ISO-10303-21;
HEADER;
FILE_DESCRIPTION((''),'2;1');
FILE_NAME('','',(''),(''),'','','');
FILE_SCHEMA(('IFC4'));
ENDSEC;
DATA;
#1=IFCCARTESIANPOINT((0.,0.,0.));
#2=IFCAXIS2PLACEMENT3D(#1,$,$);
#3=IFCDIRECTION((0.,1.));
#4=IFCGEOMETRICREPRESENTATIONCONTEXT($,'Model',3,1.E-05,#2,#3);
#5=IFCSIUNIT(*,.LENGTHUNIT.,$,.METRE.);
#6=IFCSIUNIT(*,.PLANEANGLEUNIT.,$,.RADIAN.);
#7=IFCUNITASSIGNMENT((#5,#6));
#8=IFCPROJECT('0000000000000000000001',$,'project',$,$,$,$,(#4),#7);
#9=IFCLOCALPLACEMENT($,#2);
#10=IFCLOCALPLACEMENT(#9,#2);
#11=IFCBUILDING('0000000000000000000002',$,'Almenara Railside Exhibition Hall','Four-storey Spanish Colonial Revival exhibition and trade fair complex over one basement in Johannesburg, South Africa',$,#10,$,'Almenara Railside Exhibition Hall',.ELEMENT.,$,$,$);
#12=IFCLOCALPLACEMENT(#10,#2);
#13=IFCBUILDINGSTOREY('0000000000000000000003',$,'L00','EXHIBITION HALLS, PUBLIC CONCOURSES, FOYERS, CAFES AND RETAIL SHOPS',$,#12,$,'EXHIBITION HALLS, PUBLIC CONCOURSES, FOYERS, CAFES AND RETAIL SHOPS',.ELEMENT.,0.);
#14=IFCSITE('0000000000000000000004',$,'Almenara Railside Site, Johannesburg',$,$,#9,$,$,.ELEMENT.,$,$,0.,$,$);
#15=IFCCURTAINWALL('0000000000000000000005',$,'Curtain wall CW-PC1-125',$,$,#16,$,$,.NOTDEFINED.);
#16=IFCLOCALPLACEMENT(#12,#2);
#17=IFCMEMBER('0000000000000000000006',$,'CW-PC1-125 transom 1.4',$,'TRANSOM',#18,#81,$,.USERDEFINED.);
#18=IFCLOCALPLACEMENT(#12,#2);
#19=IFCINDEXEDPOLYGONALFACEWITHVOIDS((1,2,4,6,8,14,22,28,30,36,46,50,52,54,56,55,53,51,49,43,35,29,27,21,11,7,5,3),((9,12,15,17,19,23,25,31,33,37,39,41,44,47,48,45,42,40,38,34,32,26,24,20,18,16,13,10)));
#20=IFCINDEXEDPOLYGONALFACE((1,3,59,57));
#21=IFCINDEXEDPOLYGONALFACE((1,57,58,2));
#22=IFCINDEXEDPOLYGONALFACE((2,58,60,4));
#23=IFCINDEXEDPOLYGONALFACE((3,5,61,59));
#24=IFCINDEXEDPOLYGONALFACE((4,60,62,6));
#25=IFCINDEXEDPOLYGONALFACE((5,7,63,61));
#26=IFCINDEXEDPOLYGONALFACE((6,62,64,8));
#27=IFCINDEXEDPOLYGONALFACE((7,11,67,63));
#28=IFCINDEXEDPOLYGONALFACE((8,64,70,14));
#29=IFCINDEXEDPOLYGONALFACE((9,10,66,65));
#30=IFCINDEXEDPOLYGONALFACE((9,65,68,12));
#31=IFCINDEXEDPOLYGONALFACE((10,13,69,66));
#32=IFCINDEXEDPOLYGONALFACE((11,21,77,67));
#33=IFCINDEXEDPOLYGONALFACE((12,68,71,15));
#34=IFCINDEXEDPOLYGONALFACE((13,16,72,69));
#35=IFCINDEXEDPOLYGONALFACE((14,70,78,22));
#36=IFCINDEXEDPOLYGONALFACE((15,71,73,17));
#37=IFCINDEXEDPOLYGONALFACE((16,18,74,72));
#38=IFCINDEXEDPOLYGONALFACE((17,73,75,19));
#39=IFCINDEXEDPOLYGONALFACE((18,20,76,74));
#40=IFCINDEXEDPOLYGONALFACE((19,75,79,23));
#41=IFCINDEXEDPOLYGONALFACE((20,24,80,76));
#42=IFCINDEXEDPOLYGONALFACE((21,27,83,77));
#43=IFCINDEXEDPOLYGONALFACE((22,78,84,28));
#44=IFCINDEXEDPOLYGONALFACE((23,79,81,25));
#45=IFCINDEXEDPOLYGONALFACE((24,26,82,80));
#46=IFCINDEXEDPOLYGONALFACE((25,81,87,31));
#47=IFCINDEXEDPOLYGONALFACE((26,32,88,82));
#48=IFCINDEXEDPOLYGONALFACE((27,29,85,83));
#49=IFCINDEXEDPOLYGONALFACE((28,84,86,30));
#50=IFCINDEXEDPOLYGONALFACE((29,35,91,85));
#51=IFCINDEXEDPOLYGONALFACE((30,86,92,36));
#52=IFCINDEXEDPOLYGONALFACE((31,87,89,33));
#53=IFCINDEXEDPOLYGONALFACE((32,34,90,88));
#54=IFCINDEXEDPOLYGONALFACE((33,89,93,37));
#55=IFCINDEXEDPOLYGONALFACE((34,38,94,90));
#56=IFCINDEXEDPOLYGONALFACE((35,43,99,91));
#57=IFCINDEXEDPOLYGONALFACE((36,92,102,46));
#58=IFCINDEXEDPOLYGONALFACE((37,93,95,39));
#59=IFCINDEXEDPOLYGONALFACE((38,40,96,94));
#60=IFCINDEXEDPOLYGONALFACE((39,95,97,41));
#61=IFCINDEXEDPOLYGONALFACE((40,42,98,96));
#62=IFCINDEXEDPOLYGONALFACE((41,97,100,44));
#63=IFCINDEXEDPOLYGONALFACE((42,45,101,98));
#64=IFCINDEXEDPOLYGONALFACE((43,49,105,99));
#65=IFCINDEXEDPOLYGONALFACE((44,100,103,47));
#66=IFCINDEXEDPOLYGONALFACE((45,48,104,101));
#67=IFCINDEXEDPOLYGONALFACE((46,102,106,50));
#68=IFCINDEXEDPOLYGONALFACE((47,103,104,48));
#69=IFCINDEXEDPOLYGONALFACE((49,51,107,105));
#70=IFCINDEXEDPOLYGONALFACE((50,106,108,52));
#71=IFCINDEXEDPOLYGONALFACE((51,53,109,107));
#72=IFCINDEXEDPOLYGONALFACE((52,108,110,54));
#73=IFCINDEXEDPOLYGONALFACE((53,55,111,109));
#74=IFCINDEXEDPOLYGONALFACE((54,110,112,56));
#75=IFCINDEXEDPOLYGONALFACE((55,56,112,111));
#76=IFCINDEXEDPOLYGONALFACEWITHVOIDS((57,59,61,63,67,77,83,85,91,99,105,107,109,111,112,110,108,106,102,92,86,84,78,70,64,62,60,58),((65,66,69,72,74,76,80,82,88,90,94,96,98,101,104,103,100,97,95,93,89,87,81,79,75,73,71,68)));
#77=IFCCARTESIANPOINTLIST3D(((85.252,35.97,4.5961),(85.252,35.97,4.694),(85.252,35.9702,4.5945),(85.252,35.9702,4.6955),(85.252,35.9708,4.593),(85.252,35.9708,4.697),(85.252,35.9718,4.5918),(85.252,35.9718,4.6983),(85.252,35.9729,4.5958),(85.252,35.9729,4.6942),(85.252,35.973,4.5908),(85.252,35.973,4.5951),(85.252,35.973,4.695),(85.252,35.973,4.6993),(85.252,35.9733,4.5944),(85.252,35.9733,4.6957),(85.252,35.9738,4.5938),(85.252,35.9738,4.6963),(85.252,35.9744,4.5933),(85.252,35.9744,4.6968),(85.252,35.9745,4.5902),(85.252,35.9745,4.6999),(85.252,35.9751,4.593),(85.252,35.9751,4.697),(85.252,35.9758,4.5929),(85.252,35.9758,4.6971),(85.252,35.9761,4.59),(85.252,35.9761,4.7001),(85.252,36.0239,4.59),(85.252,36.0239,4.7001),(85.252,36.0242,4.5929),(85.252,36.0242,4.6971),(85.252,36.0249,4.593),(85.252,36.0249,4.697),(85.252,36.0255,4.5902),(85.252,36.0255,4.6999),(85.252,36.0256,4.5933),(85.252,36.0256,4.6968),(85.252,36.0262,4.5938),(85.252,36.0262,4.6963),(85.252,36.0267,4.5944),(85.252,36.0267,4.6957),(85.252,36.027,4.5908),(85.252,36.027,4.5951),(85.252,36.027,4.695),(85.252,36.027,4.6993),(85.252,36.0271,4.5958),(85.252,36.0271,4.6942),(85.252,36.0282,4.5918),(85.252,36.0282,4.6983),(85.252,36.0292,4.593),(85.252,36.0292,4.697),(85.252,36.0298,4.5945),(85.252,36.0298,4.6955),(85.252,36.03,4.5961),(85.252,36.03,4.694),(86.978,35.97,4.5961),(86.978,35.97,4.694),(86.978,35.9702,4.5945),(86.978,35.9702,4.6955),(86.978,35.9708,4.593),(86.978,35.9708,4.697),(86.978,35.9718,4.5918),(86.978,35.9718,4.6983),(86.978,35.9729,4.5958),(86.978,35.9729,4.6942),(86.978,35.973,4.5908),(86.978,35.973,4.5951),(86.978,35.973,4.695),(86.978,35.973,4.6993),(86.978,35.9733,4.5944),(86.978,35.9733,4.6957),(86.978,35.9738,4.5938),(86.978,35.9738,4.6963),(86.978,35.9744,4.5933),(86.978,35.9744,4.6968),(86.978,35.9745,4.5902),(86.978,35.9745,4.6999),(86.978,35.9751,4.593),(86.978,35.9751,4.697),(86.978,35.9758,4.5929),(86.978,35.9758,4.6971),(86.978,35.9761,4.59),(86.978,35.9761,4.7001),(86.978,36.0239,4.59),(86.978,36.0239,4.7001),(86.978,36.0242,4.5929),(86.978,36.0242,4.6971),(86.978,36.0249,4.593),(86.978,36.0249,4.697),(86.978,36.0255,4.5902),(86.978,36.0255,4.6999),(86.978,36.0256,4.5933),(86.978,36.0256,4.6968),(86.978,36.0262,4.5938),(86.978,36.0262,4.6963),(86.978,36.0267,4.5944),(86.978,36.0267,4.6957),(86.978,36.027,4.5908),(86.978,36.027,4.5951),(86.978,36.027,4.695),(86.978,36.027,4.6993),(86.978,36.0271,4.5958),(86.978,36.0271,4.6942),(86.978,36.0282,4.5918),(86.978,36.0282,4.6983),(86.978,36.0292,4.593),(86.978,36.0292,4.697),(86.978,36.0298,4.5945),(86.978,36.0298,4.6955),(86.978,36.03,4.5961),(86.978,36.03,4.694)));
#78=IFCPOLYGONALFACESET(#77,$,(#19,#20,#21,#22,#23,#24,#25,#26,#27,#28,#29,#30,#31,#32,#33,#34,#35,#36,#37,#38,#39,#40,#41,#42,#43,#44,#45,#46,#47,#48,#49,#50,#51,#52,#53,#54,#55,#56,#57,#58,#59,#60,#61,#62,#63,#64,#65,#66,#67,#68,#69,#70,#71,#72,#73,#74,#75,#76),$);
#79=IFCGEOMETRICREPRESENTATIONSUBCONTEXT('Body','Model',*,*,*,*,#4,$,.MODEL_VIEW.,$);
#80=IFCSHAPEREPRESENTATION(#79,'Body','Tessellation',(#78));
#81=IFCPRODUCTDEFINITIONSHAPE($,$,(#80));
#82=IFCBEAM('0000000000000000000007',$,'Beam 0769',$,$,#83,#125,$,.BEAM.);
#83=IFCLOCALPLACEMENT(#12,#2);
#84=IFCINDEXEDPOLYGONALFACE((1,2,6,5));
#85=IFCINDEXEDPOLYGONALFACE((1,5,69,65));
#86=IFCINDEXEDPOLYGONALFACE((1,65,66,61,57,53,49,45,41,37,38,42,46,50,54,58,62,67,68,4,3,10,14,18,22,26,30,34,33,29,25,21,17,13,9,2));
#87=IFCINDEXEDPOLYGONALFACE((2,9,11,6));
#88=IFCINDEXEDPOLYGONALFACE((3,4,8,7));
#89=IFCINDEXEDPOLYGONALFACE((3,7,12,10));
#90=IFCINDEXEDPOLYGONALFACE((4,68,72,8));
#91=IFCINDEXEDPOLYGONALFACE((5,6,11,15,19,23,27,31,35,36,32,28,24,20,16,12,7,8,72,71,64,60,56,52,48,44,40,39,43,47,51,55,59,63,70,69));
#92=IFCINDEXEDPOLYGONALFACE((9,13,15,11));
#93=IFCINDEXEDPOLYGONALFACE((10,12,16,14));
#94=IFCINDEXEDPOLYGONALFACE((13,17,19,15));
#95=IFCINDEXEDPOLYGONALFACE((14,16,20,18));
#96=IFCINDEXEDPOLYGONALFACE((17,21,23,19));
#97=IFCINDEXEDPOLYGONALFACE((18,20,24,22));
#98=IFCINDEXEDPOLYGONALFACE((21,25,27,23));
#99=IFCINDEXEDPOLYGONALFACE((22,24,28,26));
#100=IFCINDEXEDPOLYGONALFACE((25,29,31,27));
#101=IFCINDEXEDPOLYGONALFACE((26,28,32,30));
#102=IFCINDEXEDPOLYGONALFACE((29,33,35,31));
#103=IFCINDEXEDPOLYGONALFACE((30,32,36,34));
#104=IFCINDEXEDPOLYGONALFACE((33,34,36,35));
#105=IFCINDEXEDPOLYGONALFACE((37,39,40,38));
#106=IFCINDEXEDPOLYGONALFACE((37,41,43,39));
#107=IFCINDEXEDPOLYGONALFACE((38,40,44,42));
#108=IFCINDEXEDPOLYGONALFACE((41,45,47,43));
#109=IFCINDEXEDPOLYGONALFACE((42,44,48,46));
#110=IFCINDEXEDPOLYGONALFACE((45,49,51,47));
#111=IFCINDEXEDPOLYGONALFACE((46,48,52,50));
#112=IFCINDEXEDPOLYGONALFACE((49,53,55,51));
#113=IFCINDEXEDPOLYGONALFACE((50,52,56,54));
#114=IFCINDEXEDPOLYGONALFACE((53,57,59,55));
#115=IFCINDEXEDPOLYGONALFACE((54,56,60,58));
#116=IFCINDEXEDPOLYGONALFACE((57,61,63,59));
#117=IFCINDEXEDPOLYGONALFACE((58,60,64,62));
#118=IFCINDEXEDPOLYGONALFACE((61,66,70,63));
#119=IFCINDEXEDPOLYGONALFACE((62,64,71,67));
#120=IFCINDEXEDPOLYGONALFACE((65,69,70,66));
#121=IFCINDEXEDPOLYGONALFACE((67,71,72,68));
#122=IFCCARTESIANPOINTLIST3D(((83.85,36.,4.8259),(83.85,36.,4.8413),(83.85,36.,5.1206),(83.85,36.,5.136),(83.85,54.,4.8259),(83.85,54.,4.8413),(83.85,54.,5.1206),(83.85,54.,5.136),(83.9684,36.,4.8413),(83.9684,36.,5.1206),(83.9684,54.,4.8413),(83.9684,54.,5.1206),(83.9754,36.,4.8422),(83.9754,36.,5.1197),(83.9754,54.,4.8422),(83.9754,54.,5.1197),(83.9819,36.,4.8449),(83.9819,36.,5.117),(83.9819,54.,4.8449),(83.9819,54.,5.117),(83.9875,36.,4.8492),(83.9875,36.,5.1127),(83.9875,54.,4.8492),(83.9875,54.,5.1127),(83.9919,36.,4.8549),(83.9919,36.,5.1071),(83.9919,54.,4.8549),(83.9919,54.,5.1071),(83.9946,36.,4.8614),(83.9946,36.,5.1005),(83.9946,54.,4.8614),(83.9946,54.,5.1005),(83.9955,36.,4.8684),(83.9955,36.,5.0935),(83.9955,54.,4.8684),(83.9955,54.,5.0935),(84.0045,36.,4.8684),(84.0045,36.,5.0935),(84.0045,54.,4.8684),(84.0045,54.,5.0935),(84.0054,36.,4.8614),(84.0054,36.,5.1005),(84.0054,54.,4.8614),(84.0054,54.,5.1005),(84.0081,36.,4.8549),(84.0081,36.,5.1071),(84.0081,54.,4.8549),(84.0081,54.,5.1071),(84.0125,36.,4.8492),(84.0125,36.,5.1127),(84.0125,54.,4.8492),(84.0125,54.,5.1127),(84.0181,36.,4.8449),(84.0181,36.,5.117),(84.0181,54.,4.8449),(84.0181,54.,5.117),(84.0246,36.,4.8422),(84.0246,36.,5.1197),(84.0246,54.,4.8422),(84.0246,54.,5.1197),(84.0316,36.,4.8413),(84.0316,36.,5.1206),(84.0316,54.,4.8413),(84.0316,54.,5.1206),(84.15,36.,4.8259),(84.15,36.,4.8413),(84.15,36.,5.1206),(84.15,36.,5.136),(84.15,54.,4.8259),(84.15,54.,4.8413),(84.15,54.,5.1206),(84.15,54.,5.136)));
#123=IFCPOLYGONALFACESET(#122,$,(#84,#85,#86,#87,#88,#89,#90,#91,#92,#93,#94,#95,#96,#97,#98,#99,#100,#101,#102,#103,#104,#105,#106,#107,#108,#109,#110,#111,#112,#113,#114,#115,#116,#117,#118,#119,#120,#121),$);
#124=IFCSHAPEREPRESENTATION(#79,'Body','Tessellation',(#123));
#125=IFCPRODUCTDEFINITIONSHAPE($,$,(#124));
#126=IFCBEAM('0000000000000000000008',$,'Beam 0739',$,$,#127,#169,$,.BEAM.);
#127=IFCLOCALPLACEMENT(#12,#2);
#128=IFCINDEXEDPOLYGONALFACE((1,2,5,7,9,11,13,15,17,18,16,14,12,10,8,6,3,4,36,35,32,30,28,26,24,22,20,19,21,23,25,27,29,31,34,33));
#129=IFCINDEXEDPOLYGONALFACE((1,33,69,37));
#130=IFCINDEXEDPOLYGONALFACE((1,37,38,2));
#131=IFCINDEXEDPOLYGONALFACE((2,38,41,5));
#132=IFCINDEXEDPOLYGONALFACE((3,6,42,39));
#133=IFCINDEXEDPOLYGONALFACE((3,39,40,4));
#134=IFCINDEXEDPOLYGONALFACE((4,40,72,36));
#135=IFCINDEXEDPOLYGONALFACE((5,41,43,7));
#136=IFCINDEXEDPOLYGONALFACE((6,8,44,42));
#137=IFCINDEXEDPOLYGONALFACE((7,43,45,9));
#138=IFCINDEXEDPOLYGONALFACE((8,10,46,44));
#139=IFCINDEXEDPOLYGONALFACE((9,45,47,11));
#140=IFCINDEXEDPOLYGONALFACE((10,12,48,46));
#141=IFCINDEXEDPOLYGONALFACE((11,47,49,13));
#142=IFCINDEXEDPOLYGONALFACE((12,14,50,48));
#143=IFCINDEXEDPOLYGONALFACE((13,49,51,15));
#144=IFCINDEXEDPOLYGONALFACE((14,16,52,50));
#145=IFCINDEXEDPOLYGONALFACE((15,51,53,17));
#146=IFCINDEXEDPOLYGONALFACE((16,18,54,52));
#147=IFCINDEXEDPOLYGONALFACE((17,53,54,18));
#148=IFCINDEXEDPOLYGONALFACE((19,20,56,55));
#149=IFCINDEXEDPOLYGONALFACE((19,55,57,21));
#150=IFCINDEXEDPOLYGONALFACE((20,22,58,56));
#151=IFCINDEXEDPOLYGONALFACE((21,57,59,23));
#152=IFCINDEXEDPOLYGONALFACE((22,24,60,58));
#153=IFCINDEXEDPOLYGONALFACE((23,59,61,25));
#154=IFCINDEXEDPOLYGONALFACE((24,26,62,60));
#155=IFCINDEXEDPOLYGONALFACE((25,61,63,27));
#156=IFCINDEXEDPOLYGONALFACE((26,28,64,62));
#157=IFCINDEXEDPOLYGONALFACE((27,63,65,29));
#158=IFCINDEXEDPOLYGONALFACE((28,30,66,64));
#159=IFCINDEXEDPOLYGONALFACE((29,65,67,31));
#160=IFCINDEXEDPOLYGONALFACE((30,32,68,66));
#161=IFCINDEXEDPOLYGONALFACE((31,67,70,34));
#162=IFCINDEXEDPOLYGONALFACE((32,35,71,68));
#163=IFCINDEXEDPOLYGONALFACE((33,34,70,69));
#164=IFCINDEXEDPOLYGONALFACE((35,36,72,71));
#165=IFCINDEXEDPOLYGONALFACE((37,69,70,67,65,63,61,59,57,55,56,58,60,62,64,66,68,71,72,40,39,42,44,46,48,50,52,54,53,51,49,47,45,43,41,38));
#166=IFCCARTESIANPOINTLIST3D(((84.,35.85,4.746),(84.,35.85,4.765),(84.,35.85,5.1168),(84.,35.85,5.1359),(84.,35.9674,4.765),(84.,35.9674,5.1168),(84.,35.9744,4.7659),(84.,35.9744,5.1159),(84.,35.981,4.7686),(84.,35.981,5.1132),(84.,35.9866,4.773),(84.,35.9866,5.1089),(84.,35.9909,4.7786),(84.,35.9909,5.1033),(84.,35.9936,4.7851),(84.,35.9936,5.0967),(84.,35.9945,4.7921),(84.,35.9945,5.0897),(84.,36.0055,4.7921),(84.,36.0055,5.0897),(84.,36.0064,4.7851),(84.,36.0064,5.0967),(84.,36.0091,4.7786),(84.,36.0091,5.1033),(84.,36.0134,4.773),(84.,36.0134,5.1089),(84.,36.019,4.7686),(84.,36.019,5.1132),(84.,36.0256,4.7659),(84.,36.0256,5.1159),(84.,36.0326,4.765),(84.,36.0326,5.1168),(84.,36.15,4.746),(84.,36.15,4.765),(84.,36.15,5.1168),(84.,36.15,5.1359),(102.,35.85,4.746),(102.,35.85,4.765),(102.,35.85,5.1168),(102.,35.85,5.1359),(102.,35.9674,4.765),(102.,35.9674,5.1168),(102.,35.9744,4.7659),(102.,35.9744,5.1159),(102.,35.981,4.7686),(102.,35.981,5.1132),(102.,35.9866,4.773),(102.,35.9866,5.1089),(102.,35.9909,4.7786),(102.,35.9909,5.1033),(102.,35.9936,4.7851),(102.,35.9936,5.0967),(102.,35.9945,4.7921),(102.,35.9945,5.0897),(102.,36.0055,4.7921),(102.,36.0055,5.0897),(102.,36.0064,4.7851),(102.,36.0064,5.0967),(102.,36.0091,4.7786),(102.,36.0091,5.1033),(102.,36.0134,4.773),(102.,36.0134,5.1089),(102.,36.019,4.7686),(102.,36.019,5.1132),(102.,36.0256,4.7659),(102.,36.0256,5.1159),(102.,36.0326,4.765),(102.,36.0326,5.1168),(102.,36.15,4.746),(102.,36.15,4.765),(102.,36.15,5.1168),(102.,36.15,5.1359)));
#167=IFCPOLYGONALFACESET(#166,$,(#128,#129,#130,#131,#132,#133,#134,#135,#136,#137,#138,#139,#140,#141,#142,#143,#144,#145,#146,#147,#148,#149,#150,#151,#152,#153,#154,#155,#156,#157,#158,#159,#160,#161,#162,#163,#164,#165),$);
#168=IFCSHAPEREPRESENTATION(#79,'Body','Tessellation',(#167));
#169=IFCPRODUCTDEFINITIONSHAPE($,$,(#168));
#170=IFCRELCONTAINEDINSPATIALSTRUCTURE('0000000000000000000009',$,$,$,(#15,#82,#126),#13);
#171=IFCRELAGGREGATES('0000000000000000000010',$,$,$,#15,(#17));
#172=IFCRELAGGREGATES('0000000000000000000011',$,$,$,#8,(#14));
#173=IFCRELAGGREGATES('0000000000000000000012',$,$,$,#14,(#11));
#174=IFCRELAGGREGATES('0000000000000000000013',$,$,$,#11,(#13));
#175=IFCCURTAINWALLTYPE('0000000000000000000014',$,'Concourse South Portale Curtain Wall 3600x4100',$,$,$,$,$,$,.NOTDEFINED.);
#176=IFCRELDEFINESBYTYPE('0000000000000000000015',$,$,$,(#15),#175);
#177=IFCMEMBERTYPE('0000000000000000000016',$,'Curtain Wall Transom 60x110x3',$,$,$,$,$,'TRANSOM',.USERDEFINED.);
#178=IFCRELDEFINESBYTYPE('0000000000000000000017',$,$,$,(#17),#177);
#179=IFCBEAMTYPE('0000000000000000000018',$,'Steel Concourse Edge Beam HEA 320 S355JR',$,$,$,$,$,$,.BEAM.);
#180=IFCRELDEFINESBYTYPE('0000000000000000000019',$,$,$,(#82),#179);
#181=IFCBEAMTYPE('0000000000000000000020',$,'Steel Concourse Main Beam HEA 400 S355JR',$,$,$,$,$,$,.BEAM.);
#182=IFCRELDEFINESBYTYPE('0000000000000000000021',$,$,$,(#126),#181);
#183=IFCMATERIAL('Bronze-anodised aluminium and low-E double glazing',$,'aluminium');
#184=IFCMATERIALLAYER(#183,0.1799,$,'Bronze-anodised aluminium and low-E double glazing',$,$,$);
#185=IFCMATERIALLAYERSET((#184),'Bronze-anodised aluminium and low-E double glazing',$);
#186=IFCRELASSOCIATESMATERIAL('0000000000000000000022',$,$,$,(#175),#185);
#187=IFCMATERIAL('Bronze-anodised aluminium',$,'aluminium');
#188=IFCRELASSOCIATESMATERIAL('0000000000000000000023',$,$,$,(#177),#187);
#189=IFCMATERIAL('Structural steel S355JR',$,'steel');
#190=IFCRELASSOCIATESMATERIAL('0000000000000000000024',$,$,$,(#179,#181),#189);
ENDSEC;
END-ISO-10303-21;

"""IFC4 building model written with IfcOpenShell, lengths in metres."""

from ifc_helpers import new_model, si_unit, direction, frame, origin, origin_2d, place, context, subcontext, project, spatial, hollow_rectangle, i_section, extrude, material, layer, layer_set, material_profile, profile_set, type_object, element, aggregate, save


model = new_model("IFC4")

# Units and contexts
model_context = context("Model", 3, precision=1e-05, world=origin(), true_north=direction((0.0, 1.0)))
body_context = subcontext(model_context, "Body", "Model", "MODEL_VIEW")
ifc_project = project(units=[si_unit("LENGTHUNIT", "METRE"), si_unit("PLANEANGLEUNIT", "RADIAN")], contexts=[model_context])

# Site, building, storey
site_placement = place(None, origin())
site = spatial("IfcSite", under=ifc_project, at=site_placement, Name="Almenara Railside Site, Johannesburg", CompositionType="ELEMENT", RefElevation=0.0)
building_placement = place(site_placement, origin())
building = spatial("IfcBuilding", under=site, at=building_placement, Name="Almenara Railside Exhibition Hall", Description="Four-storey Spanish Colonial Revival exhibition and trade fair complex over one basement in Johannesburg, South Africa", LongName="Almenara Railside Exhibition Hall", CompositionType="ELEMENT")
storey_placement = place(building_placement, origin())
storey = spatial("IfcBuildingStorey", under=building, at=storey_placement, Name="L00", Description="EXHIBITION HALLS, PUBLIC CONCOURSES, FOYERS, CAFES AND RETAIL SHOPS", LongName="EXHIBITION HALLS, PUBLIC CONCOURSES, FOYERS, CAFES AND RETAIL SHOPS", CompositionType="ELEMENT", Elevation=0.0)

# Curtain wall, member
ifc_material_1 = material(Name="Bronze-anodised aluminium and low-E double glazing", Category="aluminium")
ifc_layer_1 = layer(ifc_material_1, 0.1799, Name="Bronze-anodised aluminium and low-E double glazing")
ifc_layer_set_1 = layer_set([ifc_layer_1], Name="Bronze-anodised aluminium and low-E double glazing")
curtain_wall_type = type_object("IfcCurtainWallType", Name="Concourse South Portale Curtain Wall 3600x4100", PredefinedType="NOTDEFINED", material=ifc_layer_set_1)
curtain_wall_placement = place(storey_placement, origin())
curtain_wall = element("IfcCurtainWall", 1, at=curtain_wall_placement, inside=storey, type_object=curtain_wall_type, Name="Curtain wall CW-PC1-125", PredefinedType="NOTDEFINED")
ifc_material_2 = material(Name="Bronze-anodised aluminium", Category="aluminium")
ifc_material_profile_1 = material_profile(ifc_material_2, hollow_rectangle(XDim=0.0601, YDim=0.1101, WallThickness=0.0029, InnerFilletRadius=0.0029, OuterFilletRadius=0.0061, at=origin_2d()), Name="ALU-TRN 60x110x3")
ifc_profile_set_1 = profile_set([ifc_material_profile_1], Name="Bronze-anodised aluminium")
member_type_1 = type_object("IfcMemberType", Name="Curtain Wall Transom 60x110x3", ElementType="TRANSOM", PredefinedType="USERDEFINED", material=ifc_profile_set_1)
member_1_placement = place(storey_placement, frame((85.252, 36.0, 4.645), z_axis=(1.0, 0.0, 0.0), x_axis=(0.0, 1.0, 0.0)))
member_1 = element("IfcMember", 2, at=member_1_placement, type_object=member_type_1, Name="CW-PC1-125 transom 1.4", ObjectType="TRANSOM", PredefinedType="USERDEFINED", context=body_context, shape_type="SweptSolid", body=[
    extrude(hollow_rectangle(XDim=0.0601, YDim=0.1101, WallThickness=0.0029, InnerFilletRadius=0.0029, OuterFilletRadius=0.0061, at=origin_2d()), origin(), (0.0, 0.0, 1.0), 1.7261),
])

# Beams
ifc_material_3 = material(Name="Structural steel S355JR", Category="steel")
ifc_material_profile_2 = material_profile(ifc_material_3, i_section(OverallWidth=0.3, OverallDepth=0.3101, WebThickness=0.009, FlangeThickness=0.0154, FilletRadius=0.0271, at=origin_2d()), Name="HEA 320")
ifc_profile_set_2 = profile_set([ifc_material_profile_2], Name="Structural steel S355JR")
beam_type_1 = type_object("IfcBeamType", Name="Steel Concourse Edge Beam HEA 320 S355JR", PredefinedType="BEAM", material=ifc_profile_set_2)
beam_1_placement = place(storey_placement, frame((84.0, 36.0, 4.981), z_axis=(0.0, 1.0, 0.0), x_axis=(-1.0, 0.0, 0.0)))
element("IfcBeam", 3, at=beam_1_placement, inside=storey, type_object=beam_type_1, Name="Beam 0769", PredefinedType="BEAM", context=body_context, shape_type="SweptSolid", body=[
    extrude(i_section(OverallWidth=0.3, OverallDepth=0.3101, WebThickness=0.009, FlangeThickness=0.0154, FilletRadius=0.0271, at=origin_2d()), origin(), (0.0, 0.0, 1.0), 18.0),
])
ifc_material_profile_3 = material_profile(ifc_material_3, i_section(OverallWidth=0.3, OverallDepth=0.3899, WebThickness=0.011, FlangeThickness=0.019, FilletRadius=0.0271, at=origin_2d()), Name="HEA 400")
ifc_profile_set_3 = profile_set([ifc_material_profile_3], Name="Structural steel S355JR")
beam_type_2 = type_object("IfcBeamType", Name="Steel Concourse Main Beam HEA 400 S355JR", PredefinedType="BEAM", material=ifc_profile_set_3)
beam_2_placement = place(storey_placement, frame((84.0, 36.0, 4.9409), z_axis=(1.0, 0.0, 0.0), x_axis=(0.0, 1.0, 0.0)))
element("IfcBeam", 4, at=beam_2_placement, inside=storey, type_object=beam_type_2, Name="Beam 0739", PredefinedType="BEAM", context=body_context, shape_type="SweptSolid", body=[
    extrude(i_section(OverallWidth=0.3, OverallDepth=0.3899, WebThickness=0.011, FlangeThickness=0.019, FilletRadius=0.0271, at=origin_2d()), origin(), (0.0, 0.0, 1.0), 18.0),
])

aggregate(curtain_wall, [member_1])

save(model, "model.ifc")
